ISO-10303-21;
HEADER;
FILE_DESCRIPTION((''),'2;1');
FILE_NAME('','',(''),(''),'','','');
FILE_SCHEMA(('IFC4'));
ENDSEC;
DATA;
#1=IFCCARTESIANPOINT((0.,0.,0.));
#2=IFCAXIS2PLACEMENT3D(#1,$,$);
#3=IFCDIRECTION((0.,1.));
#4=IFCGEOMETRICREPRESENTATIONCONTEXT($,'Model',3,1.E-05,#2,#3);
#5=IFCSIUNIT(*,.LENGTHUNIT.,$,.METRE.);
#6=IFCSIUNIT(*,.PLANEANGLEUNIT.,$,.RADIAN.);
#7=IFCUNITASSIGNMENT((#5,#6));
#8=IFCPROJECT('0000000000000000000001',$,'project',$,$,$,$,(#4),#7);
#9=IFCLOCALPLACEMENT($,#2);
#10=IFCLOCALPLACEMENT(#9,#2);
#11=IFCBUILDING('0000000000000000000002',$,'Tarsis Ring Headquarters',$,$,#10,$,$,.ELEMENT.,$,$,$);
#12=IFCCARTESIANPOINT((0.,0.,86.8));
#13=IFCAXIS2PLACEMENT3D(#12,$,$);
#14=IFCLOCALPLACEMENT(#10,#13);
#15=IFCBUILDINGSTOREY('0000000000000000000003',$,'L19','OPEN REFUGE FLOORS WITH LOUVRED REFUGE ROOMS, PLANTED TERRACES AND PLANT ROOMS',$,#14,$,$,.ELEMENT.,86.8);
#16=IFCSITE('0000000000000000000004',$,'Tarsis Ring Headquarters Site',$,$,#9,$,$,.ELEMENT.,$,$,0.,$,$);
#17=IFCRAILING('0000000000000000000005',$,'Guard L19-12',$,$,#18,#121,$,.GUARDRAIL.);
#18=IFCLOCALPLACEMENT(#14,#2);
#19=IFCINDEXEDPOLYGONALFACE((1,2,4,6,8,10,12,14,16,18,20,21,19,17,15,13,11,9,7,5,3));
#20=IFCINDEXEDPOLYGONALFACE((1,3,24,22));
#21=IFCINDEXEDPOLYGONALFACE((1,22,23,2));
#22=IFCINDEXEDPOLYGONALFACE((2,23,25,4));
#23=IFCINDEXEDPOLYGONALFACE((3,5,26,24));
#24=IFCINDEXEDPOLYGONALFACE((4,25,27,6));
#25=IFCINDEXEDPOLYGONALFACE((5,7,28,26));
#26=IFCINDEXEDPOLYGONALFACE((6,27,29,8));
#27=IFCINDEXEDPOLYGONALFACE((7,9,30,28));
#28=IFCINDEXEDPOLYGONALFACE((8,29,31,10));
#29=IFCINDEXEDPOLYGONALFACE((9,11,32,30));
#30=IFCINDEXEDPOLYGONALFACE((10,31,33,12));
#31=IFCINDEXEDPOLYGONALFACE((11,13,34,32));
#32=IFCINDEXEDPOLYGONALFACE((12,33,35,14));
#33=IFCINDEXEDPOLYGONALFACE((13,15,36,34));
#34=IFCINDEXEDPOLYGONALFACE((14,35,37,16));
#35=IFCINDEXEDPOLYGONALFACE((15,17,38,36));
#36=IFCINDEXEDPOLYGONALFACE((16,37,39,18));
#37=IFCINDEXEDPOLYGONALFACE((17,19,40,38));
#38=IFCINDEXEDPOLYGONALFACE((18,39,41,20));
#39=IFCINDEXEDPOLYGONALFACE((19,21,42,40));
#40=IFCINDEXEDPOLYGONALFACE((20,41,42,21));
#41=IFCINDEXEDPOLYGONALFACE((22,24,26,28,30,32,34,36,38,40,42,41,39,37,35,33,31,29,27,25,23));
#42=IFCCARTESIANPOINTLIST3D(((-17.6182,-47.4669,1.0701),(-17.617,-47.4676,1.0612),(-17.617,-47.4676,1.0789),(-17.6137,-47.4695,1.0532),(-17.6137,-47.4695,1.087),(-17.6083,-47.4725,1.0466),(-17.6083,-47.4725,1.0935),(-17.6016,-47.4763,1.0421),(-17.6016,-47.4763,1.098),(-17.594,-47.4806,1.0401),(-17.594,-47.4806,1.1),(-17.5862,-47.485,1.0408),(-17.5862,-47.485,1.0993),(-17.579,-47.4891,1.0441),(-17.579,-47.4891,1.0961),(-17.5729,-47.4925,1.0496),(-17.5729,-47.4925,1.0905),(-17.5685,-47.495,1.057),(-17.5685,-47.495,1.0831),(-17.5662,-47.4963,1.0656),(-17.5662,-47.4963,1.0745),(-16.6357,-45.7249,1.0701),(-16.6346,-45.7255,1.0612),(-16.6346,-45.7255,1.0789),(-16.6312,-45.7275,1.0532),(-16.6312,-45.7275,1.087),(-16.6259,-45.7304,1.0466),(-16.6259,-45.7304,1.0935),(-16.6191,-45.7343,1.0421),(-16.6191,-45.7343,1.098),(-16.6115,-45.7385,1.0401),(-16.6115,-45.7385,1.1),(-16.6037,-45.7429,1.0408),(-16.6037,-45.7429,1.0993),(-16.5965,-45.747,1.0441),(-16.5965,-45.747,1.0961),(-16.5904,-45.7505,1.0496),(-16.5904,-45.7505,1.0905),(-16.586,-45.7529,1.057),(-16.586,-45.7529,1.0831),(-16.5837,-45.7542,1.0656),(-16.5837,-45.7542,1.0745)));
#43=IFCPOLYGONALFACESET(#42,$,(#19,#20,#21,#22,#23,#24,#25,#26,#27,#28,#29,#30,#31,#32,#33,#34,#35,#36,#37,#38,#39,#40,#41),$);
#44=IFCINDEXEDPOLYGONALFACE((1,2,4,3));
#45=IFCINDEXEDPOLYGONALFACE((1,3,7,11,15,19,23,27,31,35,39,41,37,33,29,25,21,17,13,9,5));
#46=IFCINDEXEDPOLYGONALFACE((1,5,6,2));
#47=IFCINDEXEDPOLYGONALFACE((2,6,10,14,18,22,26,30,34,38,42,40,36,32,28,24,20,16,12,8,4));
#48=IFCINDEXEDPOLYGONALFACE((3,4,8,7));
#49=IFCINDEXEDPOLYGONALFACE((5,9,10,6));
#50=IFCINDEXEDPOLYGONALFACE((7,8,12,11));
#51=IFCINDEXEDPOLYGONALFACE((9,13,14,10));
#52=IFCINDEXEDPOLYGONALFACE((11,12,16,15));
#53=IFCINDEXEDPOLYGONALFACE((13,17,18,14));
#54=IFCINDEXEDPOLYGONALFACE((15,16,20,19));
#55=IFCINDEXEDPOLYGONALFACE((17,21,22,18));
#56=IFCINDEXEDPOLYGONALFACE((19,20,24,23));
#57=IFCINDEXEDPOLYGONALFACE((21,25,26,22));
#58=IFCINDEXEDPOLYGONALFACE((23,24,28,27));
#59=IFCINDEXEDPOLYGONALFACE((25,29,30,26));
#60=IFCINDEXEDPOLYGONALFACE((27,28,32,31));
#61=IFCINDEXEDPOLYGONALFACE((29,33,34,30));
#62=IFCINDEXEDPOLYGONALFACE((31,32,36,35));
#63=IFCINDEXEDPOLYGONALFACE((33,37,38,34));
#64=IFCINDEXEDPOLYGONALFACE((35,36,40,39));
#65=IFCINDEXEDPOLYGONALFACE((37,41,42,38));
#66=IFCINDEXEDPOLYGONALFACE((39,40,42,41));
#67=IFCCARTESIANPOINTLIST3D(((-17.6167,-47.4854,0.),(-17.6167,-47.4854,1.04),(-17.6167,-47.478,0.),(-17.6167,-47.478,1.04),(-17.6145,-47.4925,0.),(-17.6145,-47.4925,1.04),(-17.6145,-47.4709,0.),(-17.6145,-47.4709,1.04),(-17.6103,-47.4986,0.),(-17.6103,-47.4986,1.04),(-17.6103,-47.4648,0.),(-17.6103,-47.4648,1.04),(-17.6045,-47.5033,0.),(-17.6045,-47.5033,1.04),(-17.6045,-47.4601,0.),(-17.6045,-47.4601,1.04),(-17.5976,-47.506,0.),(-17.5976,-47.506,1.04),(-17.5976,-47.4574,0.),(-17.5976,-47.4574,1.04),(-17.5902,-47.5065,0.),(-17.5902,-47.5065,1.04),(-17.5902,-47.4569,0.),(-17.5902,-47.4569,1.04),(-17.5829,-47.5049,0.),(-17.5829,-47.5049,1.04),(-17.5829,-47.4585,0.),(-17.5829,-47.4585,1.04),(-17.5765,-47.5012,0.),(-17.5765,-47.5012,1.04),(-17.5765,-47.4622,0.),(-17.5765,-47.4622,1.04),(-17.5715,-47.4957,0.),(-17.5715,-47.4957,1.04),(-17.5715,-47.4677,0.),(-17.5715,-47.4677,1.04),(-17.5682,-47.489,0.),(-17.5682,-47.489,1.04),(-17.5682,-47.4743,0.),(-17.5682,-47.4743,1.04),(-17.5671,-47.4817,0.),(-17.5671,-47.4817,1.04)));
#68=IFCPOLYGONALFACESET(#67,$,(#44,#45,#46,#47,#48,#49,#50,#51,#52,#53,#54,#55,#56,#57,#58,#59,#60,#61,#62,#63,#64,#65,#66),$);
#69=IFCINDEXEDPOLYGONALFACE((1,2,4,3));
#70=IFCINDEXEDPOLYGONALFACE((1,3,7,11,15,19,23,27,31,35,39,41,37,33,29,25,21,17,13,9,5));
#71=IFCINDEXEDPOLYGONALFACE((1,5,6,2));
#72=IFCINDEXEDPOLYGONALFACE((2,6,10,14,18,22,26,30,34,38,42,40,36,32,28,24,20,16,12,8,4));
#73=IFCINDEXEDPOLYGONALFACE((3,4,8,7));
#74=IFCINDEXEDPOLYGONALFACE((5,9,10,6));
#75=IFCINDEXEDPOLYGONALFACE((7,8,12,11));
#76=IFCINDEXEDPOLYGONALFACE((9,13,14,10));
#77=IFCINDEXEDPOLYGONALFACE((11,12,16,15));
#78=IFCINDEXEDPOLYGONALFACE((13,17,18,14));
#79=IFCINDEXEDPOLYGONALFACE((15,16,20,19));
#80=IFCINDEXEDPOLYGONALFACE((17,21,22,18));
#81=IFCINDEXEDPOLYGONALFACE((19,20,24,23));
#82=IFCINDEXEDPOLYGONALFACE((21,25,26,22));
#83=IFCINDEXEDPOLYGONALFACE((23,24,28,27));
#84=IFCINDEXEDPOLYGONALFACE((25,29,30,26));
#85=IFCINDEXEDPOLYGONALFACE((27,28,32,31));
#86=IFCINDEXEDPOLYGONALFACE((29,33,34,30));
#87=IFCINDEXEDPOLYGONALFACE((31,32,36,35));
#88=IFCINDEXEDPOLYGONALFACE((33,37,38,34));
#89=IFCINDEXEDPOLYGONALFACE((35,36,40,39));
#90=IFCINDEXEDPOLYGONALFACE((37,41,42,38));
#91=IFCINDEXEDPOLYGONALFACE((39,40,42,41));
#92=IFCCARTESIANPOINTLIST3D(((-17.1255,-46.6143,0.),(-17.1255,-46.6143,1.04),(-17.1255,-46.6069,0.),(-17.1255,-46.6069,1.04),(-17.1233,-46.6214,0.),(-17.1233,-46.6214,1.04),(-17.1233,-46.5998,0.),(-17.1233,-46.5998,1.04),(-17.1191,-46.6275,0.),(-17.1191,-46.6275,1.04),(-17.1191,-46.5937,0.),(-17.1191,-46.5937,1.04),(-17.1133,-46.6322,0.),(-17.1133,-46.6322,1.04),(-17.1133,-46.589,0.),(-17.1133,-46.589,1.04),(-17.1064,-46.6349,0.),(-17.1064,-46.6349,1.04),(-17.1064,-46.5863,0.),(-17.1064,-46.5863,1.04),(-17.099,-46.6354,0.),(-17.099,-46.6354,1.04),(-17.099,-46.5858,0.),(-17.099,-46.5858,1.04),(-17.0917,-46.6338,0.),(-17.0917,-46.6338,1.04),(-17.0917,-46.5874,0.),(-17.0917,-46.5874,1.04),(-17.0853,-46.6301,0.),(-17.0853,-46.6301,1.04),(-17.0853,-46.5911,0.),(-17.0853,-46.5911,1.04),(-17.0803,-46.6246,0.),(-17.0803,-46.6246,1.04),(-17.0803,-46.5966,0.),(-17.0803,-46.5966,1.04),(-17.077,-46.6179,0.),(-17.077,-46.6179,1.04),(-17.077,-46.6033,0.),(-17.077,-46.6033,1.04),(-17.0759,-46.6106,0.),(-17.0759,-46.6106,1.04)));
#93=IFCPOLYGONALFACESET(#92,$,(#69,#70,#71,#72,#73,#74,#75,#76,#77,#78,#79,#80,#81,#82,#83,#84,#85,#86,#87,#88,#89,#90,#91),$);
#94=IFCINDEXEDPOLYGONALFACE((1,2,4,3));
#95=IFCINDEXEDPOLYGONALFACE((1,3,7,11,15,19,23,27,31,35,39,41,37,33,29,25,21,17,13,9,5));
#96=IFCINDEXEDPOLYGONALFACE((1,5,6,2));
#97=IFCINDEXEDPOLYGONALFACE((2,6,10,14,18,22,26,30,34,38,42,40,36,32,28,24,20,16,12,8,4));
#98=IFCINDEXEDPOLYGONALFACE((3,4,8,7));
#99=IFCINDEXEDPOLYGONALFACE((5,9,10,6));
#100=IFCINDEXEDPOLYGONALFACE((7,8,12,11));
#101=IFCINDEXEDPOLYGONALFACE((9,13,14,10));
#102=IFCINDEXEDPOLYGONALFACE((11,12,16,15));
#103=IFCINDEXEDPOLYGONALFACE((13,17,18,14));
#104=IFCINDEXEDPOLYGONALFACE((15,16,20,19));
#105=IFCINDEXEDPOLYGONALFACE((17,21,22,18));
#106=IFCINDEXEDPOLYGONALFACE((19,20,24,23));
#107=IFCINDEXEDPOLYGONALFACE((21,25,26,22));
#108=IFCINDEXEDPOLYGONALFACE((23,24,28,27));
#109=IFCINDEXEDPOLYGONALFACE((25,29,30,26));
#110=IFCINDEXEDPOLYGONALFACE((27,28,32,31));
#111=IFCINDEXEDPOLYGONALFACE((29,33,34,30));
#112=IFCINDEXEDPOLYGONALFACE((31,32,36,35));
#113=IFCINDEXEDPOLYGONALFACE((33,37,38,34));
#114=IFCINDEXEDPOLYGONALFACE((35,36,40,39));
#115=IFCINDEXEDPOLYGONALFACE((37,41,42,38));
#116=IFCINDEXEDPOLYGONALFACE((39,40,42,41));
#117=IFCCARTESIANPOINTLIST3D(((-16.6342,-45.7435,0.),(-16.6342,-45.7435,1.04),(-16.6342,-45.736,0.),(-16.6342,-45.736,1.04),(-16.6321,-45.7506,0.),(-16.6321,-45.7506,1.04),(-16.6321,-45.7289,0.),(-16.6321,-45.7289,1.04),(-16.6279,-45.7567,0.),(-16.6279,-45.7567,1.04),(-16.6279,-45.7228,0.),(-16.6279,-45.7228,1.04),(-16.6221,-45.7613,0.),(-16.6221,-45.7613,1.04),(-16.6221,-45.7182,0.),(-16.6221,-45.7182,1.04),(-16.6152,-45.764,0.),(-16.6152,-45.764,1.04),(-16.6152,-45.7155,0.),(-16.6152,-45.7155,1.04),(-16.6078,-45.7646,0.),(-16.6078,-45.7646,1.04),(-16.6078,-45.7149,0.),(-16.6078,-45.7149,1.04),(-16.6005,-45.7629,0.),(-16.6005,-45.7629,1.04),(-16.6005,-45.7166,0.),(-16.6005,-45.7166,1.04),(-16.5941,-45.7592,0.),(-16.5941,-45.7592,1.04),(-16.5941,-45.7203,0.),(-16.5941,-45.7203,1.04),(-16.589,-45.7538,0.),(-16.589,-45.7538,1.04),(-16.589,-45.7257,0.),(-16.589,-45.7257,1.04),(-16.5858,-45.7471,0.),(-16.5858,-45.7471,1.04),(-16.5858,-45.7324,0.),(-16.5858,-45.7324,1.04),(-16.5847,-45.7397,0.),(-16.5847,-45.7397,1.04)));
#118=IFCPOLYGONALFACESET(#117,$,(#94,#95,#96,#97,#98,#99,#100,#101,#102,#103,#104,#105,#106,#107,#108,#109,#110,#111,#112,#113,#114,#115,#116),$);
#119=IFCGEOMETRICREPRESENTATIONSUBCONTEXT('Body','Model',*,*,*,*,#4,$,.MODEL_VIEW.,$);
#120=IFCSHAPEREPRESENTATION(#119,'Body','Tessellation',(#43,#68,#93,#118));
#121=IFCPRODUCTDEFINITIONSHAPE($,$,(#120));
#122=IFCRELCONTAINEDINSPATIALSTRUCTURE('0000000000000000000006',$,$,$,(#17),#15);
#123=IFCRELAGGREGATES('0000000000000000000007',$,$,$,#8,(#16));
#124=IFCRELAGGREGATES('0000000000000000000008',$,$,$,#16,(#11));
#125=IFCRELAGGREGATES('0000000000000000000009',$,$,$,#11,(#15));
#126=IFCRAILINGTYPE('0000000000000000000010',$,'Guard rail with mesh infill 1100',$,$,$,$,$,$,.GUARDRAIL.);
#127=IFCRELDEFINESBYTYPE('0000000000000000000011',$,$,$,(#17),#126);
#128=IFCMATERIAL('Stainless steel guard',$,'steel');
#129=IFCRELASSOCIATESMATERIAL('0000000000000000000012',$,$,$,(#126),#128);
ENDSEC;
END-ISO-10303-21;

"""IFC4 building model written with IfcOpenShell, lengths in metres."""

from ifc_helpers import new_model, si_unit, direction, frame, origin, origin_2d, place, context, subcontext, project, spatial, circle, extrude, material, type_object, element, save


model = new_model("IFC4")

# Units and contexts
model_context = context("Model", 3, precision=1e-05, world=origin(), true_north=direction((0.0, 1.0)))
body_context = subcontext(model_context, "Body", "Model", "MODEL_VIEW")
ifc_project = project(units=[si_unit("LENGTHUNIT", "METRE"), si_unit("PLANEANGLEUNIT", "RADIAN")], contexts=[model_context])

# Site, building, storey
site_placement = place(None, origin())
site = spatial("IfcSite", under=ifc_project, at=site_placement, Name="Tarsis Ring Headquarters Site", CompositionType="ELEMENT", RefElevation=0.0)
building_placement = place(site_placement, origin())
building = spatial("IfcBuilding", under=site, at=building_placement, Name="Tarsis Ring Headquarters", CompositionType="ELEMENT")
storey_placement = place(building_placement, frame((0.0, 0.0, 86.8)))
storey = spatial("IfcBuildingStorey", under=building, at=storey_placement, Name="L19", Description="OPEN REFUGE FLOORS WITH LOUVRED REFUGE ROOMS, PLANTED TERRACES AND PLANT ROOMS", CompositionType="ELEMENT", Elevation=86.8)

# Railing
ifc_material_1 = material(Name="Stainless steel guard", Category="steel")
railing_type_1 = type_object("IfcRailingType", Name="Guard rail with mesh infill 1100", PredefinedType="GUARDRAIL", material=ifc_material_1)
railing_1_placement = place(storey_placement, frame((-17.592, -47.4817, 0.0)))
element("IfcRailing", 1, at=railing_1_placement, inside=storey, type_object=railing_type_1, Name="Guard L19-12", PredefinedType="GUARDRAIL", context=body_context, shape_type="SweptSolid", body=[
    extrude(circle(Radius=0.03, at=origin_2d()), frame((0.0, 0.0, 1.0701), z_axis=(0.49124, 0.871024, 0.0), x_axis=(-0.871024, 0.49124, 0.0)), (0.0, 0.0, 1.0), 2.0),
    extrude(circle(Radius=0.0249, at=origin_2d()), origin(), (0.0, 0.0, 1.0), 1.04),
    extrude(circle(Radius=0.0249, at=origin_2d()), frame((0.4912, 0.8711, 0.0)), (0.0, 0.0, 1.0), 1.04),
    extrude(circle(Radius=0.0249, at=origin_2d()), frame((0.9824, 1.7419, 0.0)), (0.0, 0.0, 1.0), 1.04),
])

save(model, "model.ifc")
